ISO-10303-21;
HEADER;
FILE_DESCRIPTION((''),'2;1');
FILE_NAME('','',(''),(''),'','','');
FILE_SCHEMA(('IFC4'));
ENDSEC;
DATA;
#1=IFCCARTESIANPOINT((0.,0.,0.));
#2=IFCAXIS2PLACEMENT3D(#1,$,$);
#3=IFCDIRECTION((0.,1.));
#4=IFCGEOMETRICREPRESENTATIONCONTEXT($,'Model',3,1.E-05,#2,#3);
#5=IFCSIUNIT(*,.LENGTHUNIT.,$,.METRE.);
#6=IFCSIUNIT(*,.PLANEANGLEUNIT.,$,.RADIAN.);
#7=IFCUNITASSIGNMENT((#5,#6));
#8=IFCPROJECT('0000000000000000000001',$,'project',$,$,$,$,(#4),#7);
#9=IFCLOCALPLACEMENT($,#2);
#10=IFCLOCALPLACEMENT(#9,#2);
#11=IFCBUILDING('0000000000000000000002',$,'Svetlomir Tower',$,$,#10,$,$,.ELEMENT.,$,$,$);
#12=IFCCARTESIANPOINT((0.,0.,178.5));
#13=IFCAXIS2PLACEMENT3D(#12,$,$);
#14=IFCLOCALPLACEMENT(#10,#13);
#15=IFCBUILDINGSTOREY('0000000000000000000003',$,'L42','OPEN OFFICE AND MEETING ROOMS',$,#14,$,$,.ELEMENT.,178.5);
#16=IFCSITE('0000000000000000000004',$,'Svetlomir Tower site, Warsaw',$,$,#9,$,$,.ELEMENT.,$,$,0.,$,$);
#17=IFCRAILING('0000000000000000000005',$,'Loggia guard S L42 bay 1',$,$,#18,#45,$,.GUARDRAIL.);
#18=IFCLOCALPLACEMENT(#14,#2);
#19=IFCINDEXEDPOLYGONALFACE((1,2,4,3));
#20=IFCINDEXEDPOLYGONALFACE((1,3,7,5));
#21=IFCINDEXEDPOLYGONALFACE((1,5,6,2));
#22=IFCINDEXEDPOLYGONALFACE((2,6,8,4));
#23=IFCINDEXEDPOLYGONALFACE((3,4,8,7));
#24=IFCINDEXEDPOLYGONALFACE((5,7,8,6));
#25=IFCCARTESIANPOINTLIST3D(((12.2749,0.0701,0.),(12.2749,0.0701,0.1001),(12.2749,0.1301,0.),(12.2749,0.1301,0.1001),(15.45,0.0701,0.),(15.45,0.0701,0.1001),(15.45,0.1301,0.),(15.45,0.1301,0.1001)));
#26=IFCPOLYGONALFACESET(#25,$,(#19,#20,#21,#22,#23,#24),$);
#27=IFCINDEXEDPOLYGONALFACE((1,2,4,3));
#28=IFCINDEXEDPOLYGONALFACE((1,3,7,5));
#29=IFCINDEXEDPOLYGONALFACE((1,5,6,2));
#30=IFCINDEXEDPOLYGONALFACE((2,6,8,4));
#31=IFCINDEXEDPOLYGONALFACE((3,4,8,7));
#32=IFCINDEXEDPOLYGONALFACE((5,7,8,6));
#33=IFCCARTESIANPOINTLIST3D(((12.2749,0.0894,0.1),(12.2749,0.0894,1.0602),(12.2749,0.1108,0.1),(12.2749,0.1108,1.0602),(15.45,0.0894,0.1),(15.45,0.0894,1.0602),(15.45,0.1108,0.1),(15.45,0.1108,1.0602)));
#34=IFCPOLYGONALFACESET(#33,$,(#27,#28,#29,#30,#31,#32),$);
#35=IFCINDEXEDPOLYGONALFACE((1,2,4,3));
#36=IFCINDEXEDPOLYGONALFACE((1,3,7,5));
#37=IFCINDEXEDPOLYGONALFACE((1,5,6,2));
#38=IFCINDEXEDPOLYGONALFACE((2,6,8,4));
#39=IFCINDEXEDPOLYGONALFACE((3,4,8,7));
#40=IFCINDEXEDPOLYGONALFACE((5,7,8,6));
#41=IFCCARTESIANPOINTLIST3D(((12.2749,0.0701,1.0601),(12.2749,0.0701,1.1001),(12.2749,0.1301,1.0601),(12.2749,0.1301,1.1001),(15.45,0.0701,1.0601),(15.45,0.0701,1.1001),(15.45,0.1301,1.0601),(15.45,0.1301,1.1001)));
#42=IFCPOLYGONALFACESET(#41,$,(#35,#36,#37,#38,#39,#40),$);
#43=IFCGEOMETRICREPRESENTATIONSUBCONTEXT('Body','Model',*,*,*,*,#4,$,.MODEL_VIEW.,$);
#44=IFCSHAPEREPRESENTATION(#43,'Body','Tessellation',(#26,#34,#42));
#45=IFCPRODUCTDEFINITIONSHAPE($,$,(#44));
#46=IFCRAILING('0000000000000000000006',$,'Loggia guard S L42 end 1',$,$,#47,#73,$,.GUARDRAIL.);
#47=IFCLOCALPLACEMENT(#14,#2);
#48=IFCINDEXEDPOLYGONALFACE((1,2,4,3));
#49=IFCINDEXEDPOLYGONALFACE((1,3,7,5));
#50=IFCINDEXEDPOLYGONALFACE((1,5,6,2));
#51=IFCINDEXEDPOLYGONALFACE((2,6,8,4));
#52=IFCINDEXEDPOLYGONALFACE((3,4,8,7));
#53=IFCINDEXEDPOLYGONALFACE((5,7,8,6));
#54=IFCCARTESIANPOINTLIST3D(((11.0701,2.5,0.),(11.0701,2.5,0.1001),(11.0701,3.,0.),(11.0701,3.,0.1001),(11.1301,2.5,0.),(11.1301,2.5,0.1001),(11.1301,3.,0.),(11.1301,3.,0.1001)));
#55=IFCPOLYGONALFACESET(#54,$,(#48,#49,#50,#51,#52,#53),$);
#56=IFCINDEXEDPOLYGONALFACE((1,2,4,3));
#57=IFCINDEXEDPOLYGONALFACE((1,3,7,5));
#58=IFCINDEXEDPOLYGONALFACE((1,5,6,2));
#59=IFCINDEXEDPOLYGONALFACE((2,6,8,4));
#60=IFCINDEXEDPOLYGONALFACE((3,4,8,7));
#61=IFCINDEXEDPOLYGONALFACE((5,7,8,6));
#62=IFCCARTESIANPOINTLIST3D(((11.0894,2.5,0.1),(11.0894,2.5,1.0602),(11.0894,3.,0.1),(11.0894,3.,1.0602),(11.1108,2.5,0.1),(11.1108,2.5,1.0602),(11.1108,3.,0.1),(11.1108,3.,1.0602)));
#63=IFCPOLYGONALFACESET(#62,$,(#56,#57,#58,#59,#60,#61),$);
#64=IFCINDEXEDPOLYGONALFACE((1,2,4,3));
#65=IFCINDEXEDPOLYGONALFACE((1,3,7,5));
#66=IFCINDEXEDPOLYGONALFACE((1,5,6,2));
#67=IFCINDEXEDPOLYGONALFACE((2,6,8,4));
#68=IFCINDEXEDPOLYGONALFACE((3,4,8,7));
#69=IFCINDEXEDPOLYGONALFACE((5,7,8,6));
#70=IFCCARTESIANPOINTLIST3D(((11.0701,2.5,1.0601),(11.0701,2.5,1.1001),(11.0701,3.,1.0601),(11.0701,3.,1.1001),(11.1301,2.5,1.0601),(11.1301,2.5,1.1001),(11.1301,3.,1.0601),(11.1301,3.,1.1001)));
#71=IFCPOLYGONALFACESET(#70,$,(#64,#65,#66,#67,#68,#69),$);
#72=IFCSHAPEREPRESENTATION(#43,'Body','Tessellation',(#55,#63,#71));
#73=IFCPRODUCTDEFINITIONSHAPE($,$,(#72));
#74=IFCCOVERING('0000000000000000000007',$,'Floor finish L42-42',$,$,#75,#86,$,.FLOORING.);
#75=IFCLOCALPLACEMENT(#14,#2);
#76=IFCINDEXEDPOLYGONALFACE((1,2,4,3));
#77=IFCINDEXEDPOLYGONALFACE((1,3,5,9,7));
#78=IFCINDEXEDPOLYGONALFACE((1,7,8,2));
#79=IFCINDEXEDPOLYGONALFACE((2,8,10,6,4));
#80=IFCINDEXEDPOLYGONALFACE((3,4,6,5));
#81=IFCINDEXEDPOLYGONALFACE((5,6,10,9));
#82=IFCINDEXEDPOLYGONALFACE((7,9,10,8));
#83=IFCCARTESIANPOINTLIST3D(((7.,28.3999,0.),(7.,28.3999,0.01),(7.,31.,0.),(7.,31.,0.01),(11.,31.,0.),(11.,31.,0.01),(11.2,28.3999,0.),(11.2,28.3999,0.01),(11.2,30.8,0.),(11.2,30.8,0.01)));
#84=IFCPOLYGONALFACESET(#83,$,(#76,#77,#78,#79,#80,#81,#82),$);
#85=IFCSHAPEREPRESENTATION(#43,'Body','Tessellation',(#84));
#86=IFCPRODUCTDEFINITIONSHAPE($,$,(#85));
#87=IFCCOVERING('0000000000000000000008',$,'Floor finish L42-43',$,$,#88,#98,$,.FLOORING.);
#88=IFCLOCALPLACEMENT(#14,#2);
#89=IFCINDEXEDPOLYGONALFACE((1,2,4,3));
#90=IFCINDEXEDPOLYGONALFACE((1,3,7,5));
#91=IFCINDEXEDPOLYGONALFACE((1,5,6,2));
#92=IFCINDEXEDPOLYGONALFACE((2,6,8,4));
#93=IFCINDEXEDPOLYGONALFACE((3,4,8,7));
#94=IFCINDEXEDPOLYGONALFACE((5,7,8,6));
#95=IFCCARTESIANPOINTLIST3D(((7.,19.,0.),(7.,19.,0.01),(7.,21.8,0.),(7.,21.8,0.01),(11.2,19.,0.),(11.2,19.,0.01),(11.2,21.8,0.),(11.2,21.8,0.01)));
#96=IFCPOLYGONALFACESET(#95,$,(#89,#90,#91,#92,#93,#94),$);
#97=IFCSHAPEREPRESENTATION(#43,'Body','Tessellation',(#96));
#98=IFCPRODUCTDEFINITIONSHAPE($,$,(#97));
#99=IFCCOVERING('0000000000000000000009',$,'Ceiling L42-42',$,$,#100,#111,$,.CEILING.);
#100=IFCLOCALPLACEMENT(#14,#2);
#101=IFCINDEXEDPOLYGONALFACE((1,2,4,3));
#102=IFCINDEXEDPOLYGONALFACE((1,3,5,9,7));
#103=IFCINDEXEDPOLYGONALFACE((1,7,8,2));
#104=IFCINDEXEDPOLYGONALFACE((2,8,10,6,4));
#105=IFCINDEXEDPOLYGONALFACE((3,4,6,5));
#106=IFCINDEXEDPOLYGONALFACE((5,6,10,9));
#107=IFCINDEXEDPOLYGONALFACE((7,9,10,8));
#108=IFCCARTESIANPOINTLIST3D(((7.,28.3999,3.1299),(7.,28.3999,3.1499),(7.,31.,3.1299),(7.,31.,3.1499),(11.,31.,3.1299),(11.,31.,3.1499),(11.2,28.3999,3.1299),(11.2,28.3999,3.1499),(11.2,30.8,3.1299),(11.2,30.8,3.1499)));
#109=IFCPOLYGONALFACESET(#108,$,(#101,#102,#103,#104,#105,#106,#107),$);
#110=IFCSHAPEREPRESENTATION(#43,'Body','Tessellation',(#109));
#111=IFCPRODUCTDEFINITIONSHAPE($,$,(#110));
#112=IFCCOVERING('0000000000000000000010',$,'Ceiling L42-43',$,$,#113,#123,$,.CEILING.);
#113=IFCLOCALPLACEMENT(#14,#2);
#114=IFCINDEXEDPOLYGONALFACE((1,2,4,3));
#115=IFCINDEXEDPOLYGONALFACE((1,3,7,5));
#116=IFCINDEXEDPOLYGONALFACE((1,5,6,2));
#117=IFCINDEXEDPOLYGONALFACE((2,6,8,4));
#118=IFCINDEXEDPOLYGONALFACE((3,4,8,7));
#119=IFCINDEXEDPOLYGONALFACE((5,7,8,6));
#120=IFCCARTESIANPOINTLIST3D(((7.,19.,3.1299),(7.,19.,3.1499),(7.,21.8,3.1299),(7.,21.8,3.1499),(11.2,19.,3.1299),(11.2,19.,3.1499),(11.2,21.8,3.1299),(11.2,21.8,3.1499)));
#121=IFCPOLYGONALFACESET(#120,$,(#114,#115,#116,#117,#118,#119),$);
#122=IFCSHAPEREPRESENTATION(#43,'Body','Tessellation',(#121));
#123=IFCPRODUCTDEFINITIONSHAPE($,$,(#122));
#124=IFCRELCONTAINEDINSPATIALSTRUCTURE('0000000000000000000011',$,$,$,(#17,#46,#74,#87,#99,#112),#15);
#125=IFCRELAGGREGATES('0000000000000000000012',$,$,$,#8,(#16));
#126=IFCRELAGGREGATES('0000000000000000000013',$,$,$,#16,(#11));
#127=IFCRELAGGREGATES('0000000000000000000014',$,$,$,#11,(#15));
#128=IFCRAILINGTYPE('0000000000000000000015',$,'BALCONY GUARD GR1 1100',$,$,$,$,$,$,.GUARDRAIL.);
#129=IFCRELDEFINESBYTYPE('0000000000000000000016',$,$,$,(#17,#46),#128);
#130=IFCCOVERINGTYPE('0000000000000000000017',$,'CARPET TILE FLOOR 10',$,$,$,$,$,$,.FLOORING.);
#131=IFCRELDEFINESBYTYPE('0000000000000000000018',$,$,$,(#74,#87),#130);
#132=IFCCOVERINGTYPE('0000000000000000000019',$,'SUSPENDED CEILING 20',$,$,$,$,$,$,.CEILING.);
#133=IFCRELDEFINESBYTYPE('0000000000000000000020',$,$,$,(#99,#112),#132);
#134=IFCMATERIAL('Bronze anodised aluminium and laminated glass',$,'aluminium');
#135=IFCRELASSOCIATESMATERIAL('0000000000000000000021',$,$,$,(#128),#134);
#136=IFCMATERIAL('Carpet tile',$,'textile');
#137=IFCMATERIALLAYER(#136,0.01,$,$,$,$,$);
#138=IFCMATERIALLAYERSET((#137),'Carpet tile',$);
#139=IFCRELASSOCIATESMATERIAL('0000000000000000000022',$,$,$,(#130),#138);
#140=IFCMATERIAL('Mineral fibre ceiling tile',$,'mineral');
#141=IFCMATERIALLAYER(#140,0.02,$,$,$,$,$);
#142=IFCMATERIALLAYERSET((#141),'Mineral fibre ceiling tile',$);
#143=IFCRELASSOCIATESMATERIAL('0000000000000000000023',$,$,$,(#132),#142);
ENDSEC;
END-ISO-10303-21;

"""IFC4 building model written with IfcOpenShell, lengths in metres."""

from ifc_helpers import new_model, si_unit, direction, frame, origin, origin_2d, place, context, subcontext, project, spatial, polyline, rectangle, outline, extrude, material, layer, layer_set, type_object, element, save


model = new_model("IFC4")

# Units and contexts
model_context = context("Model", 3, precision=1e-05, world=origin(), true_north=direction((0.0, 1.0)))
body_context = subcontext(model_context, "Body", "Model", "MODEL_VIEW")
ifc_project = project(units=[si_unit("LENGTHUNIT", "METRE"), si_unit("PLANEANGLEUNIT", "RADIAN")], contexts=[model_context])

# Site, building, storey
site_placement = place(None, origin())
site = spatial("IfcSite", under=ifc_project, at=site_placement, Name="Svetlomir Tower site, Warsaw", CompositionType="ELEMENT", RefElevation=0.0)
building_placement = place(site_placement, origin())
building = spatial("IfcBuilding", under=site, at=building_placement, Name="Svetlomir Tower", CompositionType="ELEMENT")
storey_placement = place(building_placement, frame((0.0, 0.0, 178.5)))
storey = spatial("IfcBuildingStorey", under=building, at=storey_placement, Name="L42", Description="OPEN OFFICE AND MEETING ROOMS", CompositionType="ELEMENT", Elevation=178.5)

# Railings
ifc_material_1 = material(Name="Bronze anodised aluminium and laminated glass", Category="aluminium")
railing_type = type_object("IfcRailingType", Name="BALCONY GUARD GR1 1100", PredefinedType="GUARDRAIL", material=ifc_material_1)
railing_1_placement = place(storey_placement, frame((12.2749, 0.1001, 0.0)))
element("IfcRailing", 1, at=railing_1_placement, inside=storey, type_object=railing_type, Name="Loggia guard S L42 bay 1", PredefinedType="GUARDRAIL", context=body_context, shape_type="SweptSolid", body=[
    extrude(rectangle(XDim=0.0601, YDim=0.1001, at=origin_2d()), frame((0.0, 0.0, 0.05), z_axis=(1.0, 0.0, 0.0), x_axis=(0.0, 1.0, 0.0)), (0.0, 0.0, 1.0), 3.175),
    extrude(rectangle(XDim=0.0215, YDim=0.9602, at=origin_2d()), frame((0.0, 0.0, 0.5801), z_axis=(1.0, 0.0, 0.0), x_axis=(0.0, 1.0, 0.0)), (0.0, 0.0, 1.0), 3.175),
    extrude(rectangle(XDim=0.0601, YDim=0.04, at=origin_2d()), frame((0.0, 0.0, 1.0801), z_axis=(1.0, 0.0, 0.0), x_axis=(0.0, 1.0, 0.0)), (0.0, 0.0, 1.0), 3.175),
])
railing_2_placement = place(storey_placement, frame((11.1001, 2.5, 0.0)))
element("IfcRailing", 2, at=railing_2_placement, inside=storey, type_object=railing_type, Name="Loggia guard S L42 end 1", PredefinedType="GUARDRAIL", context=body_context, shape_type="SweptSolid", body=[
    extrude(rectangle(XDim=0.0601, YDim=0.1001, at=origin_2d()), frame((0.0, 0.0, 0.05), z_axis=(0.0, 1.0, 0.0), x_axis=(-1.0, 0.0, 0.0)), (0.0, 0.0, 1.0), 0.5),
    extrude(rectangle(XDim=0.0215, YDim=0.9602, at=origin_2d()), frame((0.0, 0.0, 0.5801), z_axis=(0.0, 1.0, 0.0), x_axis=(-1.0, 0.0, 0.0)), (0.0, 0.0, 1.0), 0.5),
    extrude(rectangle(XDim=0.0601, YDim=0.04, at=origin_2d()), frame((0.0, 0.0, 1.0801), z_axis=(0.0, 1.0, 0.0), x_axis=(-1.0, 0.0, 0.0)), (0.0, 0.0, 1.0), 0.5),
])

# Coverings
ifc_material_2 = material(Name="Carpet tile", Category="textile")
ifc_layer_1 = layer(ifc_material_2, 0.01)
ifc_layer_set_1 = layer_set([ifc_layer_1], Name="Carpet tile")
covering_type_1 = type_object("IfcCoveringType", Name="CARPET TILE FLOOR 10", PredefinedType="FLOORING", material=ifc_layer_set_1)
covering_1_placement = place(storey_placement, origin())
element("IfcCovering", 3, at=covering_1_placement, inside=storey, type_object=covering_type_1, Name="Floor finish L42-42", PredefinedType="FLOORING", context=body_context, shape_type="SweptSolid", body=[
    extrude(outline(polyline([(11.2, 28.3999), (7.0, 28.3999), (7.0, 31.0), (11.0, 31.0), (11.2, 30.8), (11.2, 28.3999)])), origin(), (0.0, 0.0, 1.0), 0.01),
])
covering_2_placement = place(storey_placement, origin())
element("IfcCovering", 4, at=covering_2_placement, inside=storey, type_object=covering_type_1, Name="Floor finish L42-43", PredefinedType="FLOORING", context=body_context, shape_type="SweptSolid", body=[
    extrude(outline(polyline([(7.0, 19.0), (7.0, 21.8), (11.2, 21.8), (11.2, 19.0), (7.0, 19.0)])), origin(), (0.0, 0.0, 1.0), 0.01),
])
ifc_material_3 = material(Name="Mineral fibre ceiling tile", Category="mineral")
ifc_layer_2 = layer(ifc_material_3, 0.02)
ifc_layer_set_2 = layer_set([ifc_layer_2], Name="Mineral fibre ceiling tile")
covering_type_2 = type_object("IfcCoveringType", Name="SUSPENDED CEILING 20", PredefinedType="CEILING", material=ifc_layer_set_2)
covering_3_placement = place(storey_placement, frame((0.0, 0.0, 3.1299)))
element("IfcCovering", 5, at=covering_3_placement, inside=storey, type_object=covering_type_2, Name="Ceiling L42-42", PredefinedType="CEILING", context=body_context, shape_type="SweptSolid", body=[
    extrude(outline(polyline([(11.2, 28.3999), (7.0, 28.3999), (7.0, 31.0), (11.0, 31.0), (11.2, 30.8), (11.2, 28.3999)])), origin(), (0.0, 0.0, 1.0), 0.02),
])
covering_4_placement = place(storey_placement, frame((0.0, 0.0, 3.1299)))
element("IfcCovering", 6, at=covering_4_placement, inside=storey, type_object=covering_type_2, Name="Ceiling L42-43", PredefinedType="CEILING", context=body_context, shape_type="SweptSolid", body=[
    extrude(outline(polyline([(7.0, 19.0), (7.0, 21.8), (11.2, 21.8), (11.2, 19.0), (7.0, 19.0)])), origin(), (0.0, 0.0, 1.0), 0.02),
])

save(model, "model.ifc")
